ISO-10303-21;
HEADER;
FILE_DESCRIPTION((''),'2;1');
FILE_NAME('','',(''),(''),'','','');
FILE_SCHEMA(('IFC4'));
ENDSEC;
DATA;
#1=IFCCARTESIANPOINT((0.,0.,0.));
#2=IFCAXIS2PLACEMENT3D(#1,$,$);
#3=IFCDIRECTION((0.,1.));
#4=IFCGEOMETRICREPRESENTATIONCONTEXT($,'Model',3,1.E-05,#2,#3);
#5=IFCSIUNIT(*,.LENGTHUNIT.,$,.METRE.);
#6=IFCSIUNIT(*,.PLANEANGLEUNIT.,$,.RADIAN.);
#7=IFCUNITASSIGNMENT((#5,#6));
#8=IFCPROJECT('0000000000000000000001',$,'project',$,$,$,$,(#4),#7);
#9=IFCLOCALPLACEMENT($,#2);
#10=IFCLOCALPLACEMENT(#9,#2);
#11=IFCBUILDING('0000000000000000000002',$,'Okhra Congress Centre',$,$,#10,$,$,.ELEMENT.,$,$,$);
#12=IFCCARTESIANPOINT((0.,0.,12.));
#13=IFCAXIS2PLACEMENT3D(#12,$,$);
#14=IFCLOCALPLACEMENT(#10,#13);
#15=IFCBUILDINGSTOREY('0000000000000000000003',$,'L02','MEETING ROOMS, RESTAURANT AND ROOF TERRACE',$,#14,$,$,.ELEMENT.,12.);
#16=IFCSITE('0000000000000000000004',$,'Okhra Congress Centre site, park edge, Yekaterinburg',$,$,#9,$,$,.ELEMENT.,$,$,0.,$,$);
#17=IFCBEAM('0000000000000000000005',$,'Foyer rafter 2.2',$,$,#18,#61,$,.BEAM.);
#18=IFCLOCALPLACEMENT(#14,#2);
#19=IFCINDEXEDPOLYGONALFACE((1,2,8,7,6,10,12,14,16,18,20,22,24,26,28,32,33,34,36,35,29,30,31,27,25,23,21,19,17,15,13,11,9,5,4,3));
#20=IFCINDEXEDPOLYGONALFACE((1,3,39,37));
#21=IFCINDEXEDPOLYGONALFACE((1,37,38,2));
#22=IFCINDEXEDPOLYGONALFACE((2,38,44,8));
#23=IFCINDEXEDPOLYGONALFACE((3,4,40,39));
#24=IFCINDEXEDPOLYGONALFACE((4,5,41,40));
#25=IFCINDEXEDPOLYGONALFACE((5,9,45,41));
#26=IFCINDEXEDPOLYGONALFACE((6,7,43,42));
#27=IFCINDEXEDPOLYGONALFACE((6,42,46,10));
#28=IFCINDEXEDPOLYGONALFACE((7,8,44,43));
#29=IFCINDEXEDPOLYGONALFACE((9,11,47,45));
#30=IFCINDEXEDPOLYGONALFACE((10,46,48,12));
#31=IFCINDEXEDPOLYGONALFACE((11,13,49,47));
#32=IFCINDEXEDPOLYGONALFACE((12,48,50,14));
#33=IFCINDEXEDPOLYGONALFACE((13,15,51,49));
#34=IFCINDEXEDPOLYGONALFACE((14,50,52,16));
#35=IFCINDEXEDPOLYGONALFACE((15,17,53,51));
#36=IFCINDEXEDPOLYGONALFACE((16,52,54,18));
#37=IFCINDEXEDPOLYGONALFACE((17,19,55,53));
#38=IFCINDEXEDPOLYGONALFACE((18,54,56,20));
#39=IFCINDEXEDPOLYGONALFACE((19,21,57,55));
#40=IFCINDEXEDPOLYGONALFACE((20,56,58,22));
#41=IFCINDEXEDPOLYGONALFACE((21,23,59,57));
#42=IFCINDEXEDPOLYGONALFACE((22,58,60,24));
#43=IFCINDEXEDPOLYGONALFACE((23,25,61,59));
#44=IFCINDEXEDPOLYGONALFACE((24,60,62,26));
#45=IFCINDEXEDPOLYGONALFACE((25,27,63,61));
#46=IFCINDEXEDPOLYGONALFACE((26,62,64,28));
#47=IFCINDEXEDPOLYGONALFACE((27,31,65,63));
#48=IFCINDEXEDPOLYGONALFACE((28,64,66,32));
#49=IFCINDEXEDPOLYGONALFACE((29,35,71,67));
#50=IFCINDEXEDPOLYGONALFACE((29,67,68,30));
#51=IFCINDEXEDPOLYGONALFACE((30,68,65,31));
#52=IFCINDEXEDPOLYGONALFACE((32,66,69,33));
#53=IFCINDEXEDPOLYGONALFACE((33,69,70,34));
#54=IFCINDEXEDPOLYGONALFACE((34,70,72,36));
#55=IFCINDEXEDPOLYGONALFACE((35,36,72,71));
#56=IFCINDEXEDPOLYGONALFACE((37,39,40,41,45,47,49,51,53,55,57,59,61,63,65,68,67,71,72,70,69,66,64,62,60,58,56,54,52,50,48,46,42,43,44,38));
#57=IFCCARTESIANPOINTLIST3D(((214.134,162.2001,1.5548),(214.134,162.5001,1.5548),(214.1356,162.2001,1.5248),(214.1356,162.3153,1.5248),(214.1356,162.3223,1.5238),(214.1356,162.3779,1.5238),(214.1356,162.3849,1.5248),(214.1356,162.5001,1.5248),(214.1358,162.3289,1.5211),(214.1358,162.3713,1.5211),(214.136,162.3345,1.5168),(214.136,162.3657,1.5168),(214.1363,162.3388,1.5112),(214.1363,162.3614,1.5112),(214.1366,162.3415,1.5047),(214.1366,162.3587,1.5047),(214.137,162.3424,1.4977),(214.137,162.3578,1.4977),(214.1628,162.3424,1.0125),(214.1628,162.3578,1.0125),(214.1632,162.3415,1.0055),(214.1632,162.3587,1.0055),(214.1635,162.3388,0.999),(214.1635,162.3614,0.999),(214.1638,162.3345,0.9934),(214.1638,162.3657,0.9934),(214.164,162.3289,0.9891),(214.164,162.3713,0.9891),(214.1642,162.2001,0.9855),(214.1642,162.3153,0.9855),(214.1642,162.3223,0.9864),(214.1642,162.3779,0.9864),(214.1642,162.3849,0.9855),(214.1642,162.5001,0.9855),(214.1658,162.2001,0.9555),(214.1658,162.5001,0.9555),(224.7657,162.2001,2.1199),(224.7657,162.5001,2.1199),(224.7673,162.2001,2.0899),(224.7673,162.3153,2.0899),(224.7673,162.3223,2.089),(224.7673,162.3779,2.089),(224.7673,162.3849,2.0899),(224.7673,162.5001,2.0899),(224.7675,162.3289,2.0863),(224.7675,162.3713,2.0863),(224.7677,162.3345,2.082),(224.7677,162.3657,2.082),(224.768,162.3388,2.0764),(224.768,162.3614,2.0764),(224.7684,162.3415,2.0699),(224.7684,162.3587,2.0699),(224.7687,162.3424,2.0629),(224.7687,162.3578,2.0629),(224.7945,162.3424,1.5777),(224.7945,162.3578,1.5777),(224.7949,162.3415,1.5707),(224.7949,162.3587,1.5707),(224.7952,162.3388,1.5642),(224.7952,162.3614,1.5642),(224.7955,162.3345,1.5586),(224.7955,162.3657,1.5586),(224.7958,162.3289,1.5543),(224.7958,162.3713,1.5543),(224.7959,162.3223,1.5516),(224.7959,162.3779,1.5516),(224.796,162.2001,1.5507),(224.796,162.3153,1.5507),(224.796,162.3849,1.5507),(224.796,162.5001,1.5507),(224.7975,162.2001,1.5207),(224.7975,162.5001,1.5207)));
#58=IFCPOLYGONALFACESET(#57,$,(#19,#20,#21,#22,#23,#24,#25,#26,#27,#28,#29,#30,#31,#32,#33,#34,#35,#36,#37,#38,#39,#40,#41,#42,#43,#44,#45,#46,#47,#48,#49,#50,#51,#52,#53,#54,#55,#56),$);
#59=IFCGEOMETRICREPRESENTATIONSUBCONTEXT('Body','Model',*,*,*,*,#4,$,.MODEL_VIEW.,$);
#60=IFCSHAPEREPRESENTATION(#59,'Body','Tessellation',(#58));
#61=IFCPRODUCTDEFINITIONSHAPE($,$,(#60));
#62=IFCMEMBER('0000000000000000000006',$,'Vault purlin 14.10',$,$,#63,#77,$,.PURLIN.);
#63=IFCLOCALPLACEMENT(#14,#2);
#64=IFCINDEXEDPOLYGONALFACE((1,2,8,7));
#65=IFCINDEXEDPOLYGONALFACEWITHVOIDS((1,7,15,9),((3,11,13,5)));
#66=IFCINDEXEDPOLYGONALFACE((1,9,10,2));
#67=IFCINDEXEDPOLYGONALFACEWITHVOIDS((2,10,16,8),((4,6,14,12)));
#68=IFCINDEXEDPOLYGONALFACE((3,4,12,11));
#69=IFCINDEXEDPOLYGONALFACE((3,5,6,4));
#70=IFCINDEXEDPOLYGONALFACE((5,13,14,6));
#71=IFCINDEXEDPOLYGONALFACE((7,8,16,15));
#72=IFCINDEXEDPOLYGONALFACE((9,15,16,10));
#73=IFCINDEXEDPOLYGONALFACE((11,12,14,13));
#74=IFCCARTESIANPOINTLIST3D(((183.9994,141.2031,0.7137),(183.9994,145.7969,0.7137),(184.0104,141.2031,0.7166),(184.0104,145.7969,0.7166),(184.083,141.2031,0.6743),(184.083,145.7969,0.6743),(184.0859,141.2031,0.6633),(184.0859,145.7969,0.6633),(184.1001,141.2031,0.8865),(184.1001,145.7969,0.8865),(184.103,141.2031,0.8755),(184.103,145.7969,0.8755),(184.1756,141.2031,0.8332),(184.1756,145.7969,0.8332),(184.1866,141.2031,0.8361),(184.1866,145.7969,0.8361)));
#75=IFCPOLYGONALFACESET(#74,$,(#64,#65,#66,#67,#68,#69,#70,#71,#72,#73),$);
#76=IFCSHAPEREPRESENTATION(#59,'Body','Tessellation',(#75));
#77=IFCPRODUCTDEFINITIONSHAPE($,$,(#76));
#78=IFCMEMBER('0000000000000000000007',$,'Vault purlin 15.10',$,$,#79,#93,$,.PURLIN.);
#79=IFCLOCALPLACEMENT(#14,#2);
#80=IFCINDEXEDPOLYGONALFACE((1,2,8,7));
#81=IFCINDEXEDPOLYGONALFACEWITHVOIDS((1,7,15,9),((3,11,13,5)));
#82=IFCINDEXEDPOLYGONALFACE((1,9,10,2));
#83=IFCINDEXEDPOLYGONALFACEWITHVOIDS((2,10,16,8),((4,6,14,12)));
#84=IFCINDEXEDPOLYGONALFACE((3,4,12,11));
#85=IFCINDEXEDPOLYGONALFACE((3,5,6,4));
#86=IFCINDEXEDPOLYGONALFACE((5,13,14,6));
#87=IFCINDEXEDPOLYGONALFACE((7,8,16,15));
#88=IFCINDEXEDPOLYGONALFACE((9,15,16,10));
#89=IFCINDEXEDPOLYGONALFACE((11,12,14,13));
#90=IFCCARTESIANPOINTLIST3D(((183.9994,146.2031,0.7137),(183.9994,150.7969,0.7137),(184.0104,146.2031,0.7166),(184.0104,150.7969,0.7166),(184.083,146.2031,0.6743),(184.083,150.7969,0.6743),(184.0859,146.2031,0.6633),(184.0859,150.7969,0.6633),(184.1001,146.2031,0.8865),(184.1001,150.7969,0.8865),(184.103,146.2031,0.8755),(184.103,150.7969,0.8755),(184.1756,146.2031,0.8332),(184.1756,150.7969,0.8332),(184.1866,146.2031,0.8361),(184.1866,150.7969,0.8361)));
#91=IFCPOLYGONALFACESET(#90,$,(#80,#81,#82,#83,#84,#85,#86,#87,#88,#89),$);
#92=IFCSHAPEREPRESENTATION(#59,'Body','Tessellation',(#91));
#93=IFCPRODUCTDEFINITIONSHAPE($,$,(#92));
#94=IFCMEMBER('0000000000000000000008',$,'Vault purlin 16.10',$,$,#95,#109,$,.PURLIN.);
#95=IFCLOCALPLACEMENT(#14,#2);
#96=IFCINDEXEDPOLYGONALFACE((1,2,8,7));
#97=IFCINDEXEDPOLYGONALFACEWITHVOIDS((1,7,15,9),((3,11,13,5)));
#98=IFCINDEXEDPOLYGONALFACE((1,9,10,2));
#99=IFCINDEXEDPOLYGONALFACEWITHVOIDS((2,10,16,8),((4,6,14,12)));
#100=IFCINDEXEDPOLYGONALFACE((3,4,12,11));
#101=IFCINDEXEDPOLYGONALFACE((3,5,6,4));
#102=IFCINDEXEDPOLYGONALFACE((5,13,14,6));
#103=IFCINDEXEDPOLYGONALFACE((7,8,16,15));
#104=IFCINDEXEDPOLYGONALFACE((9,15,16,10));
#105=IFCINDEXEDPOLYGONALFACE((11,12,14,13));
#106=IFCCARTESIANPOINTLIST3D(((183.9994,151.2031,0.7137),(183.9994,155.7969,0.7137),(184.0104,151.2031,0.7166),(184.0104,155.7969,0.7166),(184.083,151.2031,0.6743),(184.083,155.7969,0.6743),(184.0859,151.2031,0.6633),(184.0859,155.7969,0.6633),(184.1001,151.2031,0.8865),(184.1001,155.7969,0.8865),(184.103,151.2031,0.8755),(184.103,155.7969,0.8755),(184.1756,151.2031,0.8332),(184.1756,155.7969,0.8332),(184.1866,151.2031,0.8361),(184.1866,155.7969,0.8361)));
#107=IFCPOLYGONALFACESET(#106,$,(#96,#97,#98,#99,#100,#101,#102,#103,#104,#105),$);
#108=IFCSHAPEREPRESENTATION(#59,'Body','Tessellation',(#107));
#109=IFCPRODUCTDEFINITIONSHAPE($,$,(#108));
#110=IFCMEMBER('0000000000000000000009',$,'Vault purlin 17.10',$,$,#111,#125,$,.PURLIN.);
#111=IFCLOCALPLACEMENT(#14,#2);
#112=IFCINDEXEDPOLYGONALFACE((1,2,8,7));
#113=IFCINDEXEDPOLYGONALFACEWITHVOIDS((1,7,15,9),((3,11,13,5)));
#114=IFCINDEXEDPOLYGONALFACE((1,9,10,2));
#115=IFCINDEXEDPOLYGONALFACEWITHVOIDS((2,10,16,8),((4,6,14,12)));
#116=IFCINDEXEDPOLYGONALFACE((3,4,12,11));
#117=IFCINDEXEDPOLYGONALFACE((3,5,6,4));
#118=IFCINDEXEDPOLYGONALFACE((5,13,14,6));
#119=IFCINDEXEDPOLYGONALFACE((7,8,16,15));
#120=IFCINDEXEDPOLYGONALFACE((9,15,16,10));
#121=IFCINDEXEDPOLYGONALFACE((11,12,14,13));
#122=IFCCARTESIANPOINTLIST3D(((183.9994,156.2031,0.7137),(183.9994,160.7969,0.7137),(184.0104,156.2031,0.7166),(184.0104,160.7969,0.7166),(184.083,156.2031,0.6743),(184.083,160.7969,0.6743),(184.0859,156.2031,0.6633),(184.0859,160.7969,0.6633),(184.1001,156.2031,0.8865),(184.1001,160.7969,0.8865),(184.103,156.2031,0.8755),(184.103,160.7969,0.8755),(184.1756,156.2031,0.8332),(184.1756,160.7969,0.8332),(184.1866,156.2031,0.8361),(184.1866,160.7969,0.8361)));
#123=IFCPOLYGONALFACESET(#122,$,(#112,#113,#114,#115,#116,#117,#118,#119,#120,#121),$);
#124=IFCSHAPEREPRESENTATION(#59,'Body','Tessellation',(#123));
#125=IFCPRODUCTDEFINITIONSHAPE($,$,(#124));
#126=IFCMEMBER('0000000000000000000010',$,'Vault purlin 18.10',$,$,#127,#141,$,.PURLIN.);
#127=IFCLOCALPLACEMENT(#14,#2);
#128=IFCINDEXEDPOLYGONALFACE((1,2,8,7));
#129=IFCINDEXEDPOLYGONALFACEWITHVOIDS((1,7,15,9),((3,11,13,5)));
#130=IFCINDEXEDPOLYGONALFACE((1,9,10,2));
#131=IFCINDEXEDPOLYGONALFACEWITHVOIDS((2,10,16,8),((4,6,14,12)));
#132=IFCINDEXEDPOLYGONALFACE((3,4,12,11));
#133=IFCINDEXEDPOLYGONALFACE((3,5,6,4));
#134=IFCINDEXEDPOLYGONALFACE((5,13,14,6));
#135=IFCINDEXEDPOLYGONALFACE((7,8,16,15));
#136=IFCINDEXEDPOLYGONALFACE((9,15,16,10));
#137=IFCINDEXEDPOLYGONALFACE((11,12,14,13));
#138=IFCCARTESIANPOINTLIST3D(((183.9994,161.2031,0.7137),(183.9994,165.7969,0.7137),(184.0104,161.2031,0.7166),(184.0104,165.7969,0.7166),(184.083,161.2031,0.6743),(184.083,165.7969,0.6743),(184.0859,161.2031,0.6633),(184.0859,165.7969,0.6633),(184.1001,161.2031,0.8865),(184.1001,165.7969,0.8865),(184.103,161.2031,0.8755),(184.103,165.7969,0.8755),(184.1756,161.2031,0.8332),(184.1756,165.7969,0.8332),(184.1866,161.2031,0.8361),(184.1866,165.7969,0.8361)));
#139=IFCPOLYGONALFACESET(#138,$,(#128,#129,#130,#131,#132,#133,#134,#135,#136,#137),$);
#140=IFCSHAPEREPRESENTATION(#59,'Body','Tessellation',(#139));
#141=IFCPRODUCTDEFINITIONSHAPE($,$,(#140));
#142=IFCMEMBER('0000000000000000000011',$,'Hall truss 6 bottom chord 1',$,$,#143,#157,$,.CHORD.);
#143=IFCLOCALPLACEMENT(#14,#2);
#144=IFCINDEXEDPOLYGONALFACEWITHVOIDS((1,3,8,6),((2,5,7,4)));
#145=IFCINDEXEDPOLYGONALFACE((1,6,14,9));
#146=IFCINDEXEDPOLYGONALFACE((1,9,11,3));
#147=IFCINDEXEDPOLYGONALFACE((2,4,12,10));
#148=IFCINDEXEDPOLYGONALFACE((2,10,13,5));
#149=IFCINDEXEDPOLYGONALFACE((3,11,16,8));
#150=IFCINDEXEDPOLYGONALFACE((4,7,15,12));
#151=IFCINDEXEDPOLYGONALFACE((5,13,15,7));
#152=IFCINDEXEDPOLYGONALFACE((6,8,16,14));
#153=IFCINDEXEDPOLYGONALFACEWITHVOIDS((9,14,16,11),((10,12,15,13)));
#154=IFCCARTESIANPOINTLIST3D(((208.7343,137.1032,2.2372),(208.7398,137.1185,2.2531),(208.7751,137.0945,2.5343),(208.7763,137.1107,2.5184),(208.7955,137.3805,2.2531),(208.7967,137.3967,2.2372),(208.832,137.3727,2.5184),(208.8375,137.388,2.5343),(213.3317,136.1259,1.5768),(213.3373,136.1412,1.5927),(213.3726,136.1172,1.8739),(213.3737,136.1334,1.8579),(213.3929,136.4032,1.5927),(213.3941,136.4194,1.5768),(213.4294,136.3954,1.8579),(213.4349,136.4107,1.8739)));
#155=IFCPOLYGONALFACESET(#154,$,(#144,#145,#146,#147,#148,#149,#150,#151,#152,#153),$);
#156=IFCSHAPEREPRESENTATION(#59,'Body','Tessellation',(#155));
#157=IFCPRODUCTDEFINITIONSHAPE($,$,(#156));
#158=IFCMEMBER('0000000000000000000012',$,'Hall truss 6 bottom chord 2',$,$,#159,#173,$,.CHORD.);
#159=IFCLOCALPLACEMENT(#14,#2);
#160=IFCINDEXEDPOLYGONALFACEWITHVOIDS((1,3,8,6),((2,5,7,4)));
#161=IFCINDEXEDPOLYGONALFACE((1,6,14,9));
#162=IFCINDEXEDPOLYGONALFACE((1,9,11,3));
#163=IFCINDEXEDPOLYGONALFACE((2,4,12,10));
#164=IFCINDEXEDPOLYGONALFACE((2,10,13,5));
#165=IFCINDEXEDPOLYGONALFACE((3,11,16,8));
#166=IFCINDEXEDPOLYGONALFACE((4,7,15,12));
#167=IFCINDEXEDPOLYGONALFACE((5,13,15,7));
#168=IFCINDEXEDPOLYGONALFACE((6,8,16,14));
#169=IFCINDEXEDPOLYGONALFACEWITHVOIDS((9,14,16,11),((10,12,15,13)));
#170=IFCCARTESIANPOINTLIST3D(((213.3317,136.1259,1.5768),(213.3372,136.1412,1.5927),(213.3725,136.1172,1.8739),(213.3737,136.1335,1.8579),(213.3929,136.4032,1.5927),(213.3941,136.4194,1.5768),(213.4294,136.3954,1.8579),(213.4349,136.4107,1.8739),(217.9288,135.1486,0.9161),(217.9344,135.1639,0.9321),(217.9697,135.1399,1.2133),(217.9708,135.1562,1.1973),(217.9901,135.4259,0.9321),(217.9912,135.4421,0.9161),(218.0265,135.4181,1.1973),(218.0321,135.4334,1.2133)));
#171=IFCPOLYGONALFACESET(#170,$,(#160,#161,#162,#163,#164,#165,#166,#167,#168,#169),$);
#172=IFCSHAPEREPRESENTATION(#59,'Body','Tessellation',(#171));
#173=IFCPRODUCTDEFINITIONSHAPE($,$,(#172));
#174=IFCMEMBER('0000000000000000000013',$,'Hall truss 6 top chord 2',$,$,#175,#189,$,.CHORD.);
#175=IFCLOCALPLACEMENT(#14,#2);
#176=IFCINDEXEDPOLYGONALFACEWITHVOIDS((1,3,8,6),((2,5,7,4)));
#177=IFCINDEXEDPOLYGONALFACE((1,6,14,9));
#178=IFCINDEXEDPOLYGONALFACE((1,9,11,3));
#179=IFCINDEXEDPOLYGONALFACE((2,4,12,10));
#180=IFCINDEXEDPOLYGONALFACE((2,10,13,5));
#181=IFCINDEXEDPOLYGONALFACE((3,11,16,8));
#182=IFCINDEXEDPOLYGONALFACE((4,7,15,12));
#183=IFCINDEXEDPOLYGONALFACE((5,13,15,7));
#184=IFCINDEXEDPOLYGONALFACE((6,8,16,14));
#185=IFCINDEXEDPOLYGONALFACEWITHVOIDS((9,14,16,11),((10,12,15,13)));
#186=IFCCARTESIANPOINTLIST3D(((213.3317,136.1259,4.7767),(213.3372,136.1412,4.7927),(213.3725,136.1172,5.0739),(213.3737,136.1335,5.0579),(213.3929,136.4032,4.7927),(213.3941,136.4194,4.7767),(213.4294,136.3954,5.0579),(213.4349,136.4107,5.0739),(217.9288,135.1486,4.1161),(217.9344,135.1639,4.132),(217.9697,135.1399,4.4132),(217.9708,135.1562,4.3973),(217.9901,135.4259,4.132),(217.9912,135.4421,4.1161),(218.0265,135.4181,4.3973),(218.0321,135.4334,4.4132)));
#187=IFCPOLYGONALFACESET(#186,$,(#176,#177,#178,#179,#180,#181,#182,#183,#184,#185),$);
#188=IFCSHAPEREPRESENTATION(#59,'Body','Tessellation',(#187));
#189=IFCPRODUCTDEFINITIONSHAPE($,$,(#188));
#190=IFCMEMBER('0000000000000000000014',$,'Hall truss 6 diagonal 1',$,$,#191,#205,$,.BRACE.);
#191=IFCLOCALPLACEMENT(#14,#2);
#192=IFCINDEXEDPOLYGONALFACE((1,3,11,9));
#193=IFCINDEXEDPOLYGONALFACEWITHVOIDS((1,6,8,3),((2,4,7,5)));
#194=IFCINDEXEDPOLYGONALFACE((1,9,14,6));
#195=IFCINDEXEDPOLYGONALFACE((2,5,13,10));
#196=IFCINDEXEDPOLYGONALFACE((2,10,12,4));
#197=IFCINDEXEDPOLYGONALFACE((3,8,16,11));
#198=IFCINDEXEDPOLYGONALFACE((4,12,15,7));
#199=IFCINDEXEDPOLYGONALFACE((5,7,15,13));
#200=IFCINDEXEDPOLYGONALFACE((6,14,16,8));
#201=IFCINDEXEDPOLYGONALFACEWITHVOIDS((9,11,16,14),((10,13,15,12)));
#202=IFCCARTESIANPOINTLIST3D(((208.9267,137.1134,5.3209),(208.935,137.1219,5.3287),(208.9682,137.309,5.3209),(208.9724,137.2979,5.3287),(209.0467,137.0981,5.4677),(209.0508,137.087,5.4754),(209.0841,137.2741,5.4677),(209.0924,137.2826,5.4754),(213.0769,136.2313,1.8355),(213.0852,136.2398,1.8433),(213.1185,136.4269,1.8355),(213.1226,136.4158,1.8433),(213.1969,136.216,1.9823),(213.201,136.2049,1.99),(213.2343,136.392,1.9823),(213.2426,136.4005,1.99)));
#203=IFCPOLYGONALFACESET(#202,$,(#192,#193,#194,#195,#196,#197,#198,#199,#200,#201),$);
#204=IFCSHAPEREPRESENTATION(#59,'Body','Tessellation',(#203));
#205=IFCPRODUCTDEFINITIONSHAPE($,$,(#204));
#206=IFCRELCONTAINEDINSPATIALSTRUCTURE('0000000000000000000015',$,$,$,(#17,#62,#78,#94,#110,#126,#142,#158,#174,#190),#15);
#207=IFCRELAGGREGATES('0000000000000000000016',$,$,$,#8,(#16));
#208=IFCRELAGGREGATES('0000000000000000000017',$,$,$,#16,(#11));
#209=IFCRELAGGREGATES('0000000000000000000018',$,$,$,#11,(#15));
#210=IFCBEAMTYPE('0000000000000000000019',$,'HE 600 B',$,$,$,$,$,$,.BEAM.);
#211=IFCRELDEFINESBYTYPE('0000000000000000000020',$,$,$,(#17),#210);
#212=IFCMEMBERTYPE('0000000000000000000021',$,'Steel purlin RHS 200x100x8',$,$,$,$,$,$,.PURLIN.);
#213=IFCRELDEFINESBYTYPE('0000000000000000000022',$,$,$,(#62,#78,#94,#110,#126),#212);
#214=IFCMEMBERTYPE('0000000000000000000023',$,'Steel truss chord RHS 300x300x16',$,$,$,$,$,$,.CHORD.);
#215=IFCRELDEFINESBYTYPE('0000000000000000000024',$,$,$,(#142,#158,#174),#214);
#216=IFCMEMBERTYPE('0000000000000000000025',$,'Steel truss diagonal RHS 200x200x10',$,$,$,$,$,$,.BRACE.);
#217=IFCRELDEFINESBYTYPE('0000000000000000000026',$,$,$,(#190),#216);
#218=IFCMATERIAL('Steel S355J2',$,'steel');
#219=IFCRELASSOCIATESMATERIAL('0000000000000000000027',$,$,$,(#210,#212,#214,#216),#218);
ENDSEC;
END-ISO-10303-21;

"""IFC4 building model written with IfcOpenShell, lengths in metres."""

from ifc_helpers import new_model, si_unit, direction, frame, origin, origin_2d, place, context, subcontext, project, spatial, hollow_rectangle, i_section, extrude, material, material_profile, profile_set, type_object, element, save


model = new_model("IFC4")

# Units and contexts
model_context = context("Model", 3, precision=1e-05, world=origin(), true_north=direction((0.0, 1.0)))
body_context = subcontext(model_context, "Body", "Model", "MODEL_VIEW")
ifc_project = project(units=[si_unit("LENGTHUNIT", "METRE"), si_unit("PLANEANGLEUNIT", "RADIAN")], contexts=[model_context])

# Site, building, storey
site_placement = place(None, origin())
site = spatial("IfcSite", under=ifc_project, at=site_placement, Name="Okhra Congress Centre site, park edge, Yekaterinburg", CompositionType="ELEMENT", RefElevation=0.0)
building_placement = place(site_placement, origin())
building = spatial("IfcBuilding", under=site, at=building_placement, Name="Okhra Congress Centre", CompositionType="ELEMENT")
storey_placement = place(building_placement, frame((0.0, 0.0, 12.0)))
storey = spatial("IfcBuildingStorey", under=building, at=storey_placement, Name="L02", Description="MEETING ROOMS, RESTAURANT AND ROOF TERRACE", CompositionType="ELEMENT", Elevation=12.0)

# Beam
ifc_material_1 = material(Name="Steel S355J2", Category="steel")
ifc_material_profile_1 = material_profile(ifc_material_1, i_section(OverallWidth=0.3, OverallDepth=0.6001, WebThickness=0.0154, FlangeThickness=0.03, FilletRadius=0.0271, at=origin_2d()), Name="HE 600 B")
ifc_profile_set_1 = profile_set([ifc_material_profile_1], Name="Steel S355J2")
beam_type = type_object("IfcBeamType", Name="HE 600 B", PredefinedType="BEAM", material=ifc_profile_set_1)
beam_1_placement = place(storey_placement, frame((214.1499, 162.3501, 1.2551), z_axis=(0.99859, 0.0, 0.053085), x_axis=(0.0, 1.0, 0.0)))
element("IfcBeam", 1, at=beam_1_placement, inside=storey, type_object=beam_type, Name="Foyer rafter 2.2", PredefinedType="BEAM", context=body_context, shape_type="SweptSolid", body=[
    extrude(i_section(OverallWidth=0.3, OverallDepth=0.6001, WebThickness=0.0154, FlangeThickness=0.03, FilletRadius=0.0271, at=origin_2d()), origin(), (0.0, 0.0, 1.0), 10.6467),
])

# Members
ifc_material_profile_2 = material_profile(ifc_material_1, hollow_rectangle(XDim=0.1001, YDim=0.2, WallThickness=0.0081, at=origin_2d()), Name="RHS 200x100x8")
ifc_profile_set_2 = profile_set([ifc_material_profile_2], Name="Steel S355J2")
member_type_1 = type_object("IfcMemberType", Name="Steel purlin RHS 200x100x8", PredefinedType="PURLIN", material=ifc_profile_set_2)
for number, where, z_axis, x_axis, name in (
    (2, (184.093, 141.2031, 0.7749), (0.0, 1.0, 0.0), (-0.863917, 0.0, 0.503634), "Vault purlin 14.10"),
    (3, (184.093, 146.2031, 0.7749), (0.0, 1.0, 0.0), (-0.863917, 0.0, 0.503634), "Vault purlin 15.10"),
    (4, (184.093, 151.2031, 0.7749), (0.0, 1.0, 0.0), (-0.863917, 0.0, 0.503634), "Vault purlin 16.10"),
    (5, (184.093, 156.2031, 0.7749), (0.0, 1.0, 0.0), (-0.863917, 0.0, 0.503634), "Vault purlin 17.10"),
    (6, (184.093, 161.2031, 0.7749), (0.0, 1.0, 0.0), (-0.863917, 0.0, 0.503634), "Vault purlin 18.10"),
):
    element("IfcMember", number, at=place(storey_placement, frame(where, z_axis=z_axis, x_axis=x_axis)), inside=storey, type_object=member_type_1, Name=name, PredefinedType="PURLIN", context=body_context, shape_type="SweptSolid", body=[
        extrude(hollow_rectangle(XDim=0.1001, YDim=0.2, WallThickness=0.0081, at=origin_2d()), origin(), (0.0, 0.0, 1.0), 4.5938),
    ])
ifc_material_profile_3 = material_profile(ifc_material_1, hollow_rectangle(XDim=0.3, YDim=0.3, WallThickness=0.0161, at=origin_2d()), Name="RHS 300x300x16")
ifc_profile_set_3 = profile_set([ifc_material_profile_3], Name="Steel S355J2")
member_type_2 = type_object("IfcMemberType", Name="Steel truss chord RHS 300x300x16", PredefinedType="CHORD", material=ifc_profile_set_3)
member_1_placement = place(storey_placement, frame((208.7859, 137.2456, 2.3857), z_axis=(0.968629, -0.205906, -0.13914), x_axis=(0.207929, 0.978144, 0.0)))
element("IfcMember", 7, at=member_1_placement, inside=storey, type_object=member_type_2, Name="Hall truss 6 bottom chord 1", PredefinedType="CHORD", context=body_context, shape_type="SweptSolid", body=[
    extrude(hollow_rectangle(XDim=0.3, YDim=0.3, WallThickness=0.0161, at=origin_2d()), origin(), (0.0, 0.0, 1.0), 4.7463),
])
for number, where, z_axis, x_axis, name in (
    (8, (213.3833, 136.2683, 1.7253), (0.968619, -0.205915, -0.139197), (0.20794, 0.978142, 0.0), "Hall truss 6 bottom chord 2"),
    (9, (213.3833, 136.2683, 4.9253), (0.968619, -0.205915, -0.139197), (0.20794, 0.978142, 0.0), "Hall truss 6 top chord 2"),
):
    element("IfcMember", number, at=place(storey_placement, frame(where, z_axis=z_axis, x_axis=x_axis)), inside=storey, type_object=member_type_2, Name=name, PredefinedType="CHORD", context=body_context, shape_type="SweptSolid", body=[
        extrude(hollow_rectangle(XDim=0.3, YDim=0.3, WallThickness=0.0161, at=origin_2d()), origin(), (0.0, 0.0, 1.0), 4.7461),
    ])
ifc_material_profile_4 = material_profile(ifc_material_1, hollow_rectangle(XDim=0.2, YDim=0.2, WallThickness=0.01, at=origin_2d()), Name="RHS 200x200x10 diagonal")
ifc_profile_set_4 = profile_set([ifc_material_profile_4], Name="Steel S355J2")
member_type_3 = type_object("IfcMemberType", Name="Steel truss diagonal RHS 200x200x10", PredefinedType="BRACE", material=ifc_profile_set_4)
member_2_placement = place(storey_placement, frame((209.0095, 137.198, 5.3982), z_axis=(0.755829, -0.160645, -0.634756), x_axis=(0.207898, 0.978151, 0.0)))
element("IfcMember", 10, at=member_2_placement, inside=storey, type_object=member_type_3, Name="Hall truss 6 diagonal 1", PredefinedType="BRACE", context=body_context, shape_type="SweptSolid", body=[
    extrude(hollow_rectangle(XDim=0.2, YDim=0.2, WallThickness=0.01, at=origin_2d()), origin(), (0.0, 0.0, 1.0), 5.491),
])

save(model, "model.ifc")
